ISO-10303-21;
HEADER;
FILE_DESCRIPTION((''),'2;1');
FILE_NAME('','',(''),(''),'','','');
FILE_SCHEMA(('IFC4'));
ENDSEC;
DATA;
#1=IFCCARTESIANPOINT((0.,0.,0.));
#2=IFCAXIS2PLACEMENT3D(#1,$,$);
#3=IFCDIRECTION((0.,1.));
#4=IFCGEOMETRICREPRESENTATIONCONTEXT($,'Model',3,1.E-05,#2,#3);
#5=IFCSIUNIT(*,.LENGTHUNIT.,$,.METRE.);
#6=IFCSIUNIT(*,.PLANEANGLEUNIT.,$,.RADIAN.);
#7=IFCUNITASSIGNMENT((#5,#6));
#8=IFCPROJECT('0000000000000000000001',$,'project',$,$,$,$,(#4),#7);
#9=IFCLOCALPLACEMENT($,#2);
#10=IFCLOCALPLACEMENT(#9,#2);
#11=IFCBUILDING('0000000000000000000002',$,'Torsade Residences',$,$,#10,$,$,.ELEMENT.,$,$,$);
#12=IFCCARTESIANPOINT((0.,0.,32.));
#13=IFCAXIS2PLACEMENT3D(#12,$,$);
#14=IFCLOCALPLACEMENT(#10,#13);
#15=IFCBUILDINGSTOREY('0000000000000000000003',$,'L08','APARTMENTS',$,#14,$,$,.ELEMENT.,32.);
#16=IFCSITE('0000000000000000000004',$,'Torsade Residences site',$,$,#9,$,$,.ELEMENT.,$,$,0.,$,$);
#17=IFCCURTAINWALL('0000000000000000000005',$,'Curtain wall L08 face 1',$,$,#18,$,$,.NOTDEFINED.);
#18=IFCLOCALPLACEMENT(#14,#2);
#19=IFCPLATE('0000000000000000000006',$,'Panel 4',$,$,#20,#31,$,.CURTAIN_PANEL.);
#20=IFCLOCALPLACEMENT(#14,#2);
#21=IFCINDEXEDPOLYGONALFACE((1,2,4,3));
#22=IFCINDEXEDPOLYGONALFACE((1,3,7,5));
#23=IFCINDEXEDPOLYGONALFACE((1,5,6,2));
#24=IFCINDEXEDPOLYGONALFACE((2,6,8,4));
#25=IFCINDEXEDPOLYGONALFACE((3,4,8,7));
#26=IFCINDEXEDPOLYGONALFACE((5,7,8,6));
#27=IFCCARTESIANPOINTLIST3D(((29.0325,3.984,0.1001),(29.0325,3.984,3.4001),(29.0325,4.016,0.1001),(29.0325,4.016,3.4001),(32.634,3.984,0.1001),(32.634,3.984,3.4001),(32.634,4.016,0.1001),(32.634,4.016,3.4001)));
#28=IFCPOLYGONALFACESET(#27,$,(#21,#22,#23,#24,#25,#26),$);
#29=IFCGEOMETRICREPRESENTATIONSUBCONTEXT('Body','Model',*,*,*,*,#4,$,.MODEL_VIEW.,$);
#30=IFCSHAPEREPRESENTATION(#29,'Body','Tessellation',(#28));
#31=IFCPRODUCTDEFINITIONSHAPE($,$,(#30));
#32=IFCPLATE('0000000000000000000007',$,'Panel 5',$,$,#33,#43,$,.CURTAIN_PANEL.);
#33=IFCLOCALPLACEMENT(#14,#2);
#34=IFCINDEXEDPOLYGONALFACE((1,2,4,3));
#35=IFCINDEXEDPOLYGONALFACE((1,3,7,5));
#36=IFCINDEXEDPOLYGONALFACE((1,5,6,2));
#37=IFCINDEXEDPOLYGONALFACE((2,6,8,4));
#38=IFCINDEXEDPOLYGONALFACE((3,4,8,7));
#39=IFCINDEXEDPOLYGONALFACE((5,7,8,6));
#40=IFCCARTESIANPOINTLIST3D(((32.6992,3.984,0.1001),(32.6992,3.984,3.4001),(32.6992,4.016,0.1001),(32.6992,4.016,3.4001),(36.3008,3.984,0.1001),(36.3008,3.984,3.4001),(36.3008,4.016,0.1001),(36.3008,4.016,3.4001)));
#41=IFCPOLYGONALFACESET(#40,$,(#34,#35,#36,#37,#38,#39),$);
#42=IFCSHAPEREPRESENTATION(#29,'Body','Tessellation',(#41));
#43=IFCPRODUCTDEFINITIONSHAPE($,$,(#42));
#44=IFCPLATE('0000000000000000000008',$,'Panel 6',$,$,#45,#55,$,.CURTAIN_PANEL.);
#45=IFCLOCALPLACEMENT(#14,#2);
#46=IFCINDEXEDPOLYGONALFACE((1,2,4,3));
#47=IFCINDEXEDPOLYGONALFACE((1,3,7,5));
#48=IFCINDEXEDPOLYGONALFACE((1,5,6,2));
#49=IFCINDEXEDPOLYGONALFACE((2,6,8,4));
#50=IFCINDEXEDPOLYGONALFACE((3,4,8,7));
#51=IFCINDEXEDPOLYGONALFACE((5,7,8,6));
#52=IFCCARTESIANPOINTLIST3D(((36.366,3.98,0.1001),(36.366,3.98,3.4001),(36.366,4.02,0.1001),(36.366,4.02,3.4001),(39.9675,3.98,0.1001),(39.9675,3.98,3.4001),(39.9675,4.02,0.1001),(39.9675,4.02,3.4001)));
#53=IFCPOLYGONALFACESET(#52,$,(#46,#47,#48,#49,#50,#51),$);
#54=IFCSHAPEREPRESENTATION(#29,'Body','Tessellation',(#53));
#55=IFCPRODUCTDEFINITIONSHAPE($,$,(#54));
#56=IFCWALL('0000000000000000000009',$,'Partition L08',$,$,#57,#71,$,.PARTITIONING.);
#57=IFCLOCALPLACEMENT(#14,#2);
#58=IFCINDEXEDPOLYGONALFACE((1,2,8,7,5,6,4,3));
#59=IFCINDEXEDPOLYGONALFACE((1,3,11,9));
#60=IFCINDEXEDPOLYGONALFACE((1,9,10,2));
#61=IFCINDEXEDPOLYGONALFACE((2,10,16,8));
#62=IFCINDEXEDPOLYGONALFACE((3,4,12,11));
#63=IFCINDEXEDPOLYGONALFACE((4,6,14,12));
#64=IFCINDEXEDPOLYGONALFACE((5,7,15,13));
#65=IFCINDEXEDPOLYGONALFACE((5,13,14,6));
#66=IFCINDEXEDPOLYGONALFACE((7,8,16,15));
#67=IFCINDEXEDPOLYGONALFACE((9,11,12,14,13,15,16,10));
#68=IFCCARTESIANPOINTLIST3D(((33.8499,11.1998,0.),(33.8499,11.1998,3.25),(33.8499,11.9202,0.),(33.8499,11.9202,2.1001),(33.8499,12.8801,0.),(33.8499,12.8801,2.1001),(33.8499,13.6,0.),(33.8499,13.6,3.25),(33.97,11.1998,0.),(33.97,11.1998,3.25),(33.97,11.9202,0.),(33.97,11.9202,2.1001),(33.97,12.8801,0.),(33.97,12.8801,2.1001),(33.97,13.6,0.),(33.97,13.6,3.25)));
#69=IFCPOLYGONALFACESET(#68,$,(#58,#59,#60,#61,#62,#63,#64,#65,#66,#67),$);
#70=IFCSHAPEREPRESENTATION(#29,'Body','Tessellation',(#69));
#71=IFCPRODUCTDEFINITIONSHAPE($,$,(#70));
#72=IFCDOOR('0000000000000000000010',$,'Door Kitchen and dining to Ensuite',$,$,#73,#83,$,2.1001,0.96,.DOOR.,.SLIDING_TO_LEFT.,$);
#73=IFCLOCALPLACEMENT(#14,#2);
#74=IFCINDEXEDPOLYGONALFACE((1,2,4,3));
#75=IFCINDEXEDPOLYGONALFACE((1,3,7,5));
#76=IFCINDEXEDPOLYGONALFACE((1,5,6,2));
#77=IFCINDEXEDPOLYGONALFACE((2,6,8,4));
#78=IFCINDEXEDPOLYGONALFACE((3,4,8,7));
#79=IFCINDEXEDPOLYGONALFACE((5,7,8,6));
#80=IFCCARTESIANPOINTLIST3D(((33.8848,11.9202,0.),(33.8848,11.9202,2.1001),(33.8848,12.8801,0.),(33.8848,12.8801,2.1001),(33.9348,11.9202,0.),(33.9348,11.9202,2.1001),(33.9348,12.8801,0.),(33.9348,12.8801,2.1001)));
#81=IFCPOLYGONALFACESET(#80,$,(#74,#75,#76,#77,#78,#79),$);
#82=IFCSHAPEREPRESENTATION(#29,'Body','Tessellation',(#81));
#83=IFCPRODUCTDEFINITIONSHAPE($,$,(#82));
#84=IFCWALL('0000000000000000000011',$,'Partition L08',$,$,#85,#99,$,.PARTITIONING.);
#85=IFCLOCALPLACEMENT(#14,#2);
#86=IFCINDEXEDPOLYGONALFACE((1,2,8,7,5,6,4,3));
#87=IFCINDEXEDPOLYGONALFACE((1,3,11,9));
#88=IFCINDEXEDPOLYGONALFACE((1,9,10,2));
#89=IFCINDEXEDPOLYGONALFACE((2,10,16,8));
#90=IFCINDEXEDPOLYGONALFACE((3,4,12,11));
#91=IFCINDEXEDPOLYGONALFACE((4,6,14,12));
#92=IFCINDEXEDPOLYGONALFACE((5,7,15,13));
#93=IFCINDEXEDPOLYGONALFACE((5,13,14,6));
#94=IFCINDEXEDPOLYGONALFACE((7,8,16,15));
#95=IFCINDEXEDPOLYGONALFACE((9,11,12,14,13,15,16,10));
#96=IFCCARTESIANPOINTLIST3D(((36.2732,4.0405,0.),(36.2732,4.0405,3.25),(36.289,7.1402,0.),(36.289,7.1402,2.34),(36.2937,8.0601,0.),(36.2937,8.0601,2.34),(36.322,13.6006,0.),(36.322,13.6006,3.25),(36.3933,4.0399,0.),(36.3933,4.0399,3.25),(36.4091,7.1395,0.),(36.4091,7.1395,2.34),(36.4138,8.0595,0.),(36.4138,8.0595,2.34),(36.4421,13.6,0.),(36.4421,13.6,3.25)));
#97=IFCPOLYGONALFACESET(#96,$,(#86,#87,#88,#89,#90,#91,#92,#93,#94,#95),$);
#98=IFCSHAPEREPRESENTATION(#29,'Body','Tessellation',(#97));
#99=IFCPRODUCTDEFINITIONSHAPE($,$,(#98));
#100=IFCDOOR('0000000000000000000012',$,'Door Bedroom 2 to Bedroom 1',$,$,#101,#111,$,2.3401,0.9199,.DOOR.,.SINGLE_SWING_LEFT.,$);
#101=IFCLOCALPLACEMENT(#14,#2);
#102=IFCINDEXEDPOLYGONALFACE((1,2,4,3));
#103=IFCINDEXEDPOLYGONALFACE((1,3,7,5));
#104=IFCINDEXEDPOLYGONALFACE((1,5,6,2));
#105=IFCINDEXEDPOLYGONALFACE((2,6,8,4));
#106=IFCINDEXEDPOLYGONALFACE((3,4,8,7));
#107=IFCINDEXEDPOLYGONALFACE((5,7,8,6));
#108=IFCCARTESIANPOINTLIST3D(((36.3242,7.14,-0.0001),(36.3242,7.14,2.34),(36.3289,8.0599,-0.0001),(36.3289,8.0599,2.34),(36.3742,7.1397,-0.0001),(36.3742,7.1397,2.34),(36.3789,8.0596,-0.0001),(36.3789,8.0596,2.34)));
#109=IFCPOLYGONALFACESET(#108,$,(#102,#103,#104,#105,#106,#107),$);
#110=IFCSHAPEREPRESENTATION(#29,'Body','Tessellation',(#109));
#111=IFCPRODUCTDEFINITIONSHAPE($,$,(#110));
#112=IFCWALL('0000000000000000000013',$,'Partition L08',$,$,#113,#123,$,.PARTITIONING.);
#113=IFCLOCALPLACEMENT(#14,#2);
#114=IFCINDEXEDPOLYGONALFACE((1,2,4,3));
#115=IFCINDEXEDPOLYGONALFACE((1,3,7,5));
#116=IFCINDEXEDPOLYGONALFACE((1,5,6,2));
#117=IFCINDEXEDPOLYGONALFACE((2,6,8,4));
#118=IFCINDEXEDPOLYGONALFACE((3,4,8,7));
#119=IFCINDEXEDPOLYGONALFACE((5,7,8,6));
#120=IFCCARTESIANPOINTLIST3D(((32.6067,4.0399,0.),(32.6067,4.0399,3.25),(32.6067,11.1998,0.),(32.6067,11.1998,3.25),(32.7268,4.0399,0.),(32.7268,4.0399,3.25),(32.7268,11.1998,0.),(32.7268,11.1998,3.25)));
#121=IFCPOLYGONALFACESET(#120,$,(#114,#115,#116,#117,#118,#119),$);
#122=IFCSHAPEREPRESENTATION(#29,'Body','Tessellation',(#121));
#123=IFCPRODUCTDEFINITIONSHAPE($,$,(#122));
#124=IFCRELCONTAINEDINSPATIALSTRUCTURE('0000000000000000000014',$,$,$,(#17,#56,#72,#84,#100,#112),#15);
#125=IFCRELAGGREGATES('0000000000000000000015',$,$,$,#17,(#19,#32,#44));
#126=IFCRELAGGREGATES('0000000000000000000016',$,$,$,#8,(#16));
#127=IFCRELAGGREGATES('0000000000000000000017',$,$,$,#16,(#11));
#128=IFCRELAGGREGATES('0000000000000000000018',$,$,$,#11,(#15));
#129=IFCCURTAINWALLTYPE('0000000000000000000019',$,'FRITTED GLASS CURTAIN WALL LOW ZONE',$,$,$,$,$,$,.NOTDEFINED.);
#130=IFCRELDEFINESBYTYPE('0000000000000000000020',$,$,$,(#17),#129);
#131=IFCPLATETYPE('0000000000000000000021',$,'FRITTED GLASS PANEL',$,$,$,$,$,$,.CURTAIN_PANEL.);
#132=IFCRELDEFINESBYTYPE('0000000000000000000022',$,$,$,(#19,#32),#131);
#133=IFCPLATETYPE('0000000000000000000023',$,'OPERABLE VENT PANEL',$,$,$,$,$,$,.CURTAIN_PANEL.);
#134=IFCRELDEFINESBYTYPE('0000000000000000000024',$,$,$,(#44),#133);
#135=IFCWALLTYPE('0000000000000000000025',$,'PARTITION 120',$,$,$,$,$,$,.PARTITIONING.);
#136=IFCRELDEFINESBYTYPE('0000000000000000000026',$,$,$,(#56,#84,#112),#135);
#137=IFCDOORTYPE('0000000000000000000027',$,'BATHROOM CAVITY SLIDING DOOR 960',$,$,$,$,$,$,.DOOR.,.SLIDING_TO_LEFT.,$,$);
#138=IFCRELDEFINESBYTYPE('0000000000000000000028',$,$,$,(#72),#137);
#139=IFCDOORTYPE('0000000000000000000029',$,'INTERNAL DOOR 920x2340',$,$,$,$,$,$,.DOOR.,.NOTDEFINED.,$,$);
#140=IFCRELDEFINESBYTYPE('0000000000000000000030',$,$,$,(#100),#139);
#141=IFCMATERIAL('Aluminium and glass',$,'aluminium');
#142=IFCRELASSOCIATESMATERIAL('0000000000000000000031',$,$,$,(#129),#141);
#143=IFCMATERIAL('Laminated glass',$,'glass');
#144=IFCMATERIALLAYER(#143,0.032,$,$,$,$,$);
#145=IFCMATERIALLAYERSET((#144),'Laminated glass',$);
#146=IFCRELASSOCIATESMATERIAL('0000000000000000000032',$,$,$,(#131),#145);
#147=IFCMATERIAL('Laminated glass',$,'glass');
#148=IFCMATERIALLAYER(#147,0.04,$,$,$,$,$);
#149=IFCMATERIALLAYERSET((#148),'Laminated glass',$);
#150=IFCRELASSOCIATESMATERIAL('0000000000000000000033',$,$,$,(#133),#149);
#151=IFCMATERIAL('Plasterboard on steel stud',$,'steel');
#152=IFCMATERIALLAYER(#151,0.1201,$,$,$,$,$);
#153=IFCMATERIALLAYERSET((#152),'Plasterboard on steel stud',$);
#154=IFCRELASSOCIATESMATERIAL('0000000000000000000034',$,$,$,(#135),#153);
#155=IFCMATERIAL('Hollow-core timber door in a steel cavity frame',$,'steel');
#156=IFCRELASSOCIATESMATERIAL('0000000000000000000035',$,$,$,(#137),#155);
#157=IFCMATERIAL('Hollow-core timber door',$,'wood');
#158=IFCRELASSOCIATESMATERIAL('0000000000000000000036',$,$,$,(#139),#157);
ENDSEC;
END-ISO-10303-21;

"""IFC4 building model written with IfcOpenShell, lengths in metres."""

from ifc_helpers import new_model, si_unit, direction, frame, frame_2d, origin, origin_2d, place, context, subcontext, project, spatial, rectangle, extrude, material, layer, layer_set, type_object, element, fill, aggregate, save


model = new_model("IFC4")

# Units and contexts
model_context = context("Model", 3, precision=1e-05, world=origin(), true_north=direction((0.0, 1.0)))
body_context = subcontext(model_context, "Body", "Model", "MODEL_VIEW")
ifc_project = project(units=[si_unit("LENGTHUNIT", "METRE"), si_unit("PLANEANGLEUNIT", "RADIAN")], contexts=[model_context])

# Site, building, storey
site_placement = place(None, origin())
site = spatial("IfcSite", under=ifc_project, at=site_placement, Name="Torsade Residences site", CompositionType="ELEMENT", RefElevation=0.0)
building_placement = place(site_placement, origin())
building = spatial("IfcBuilding", under=site, at=building_placement, Name="Torsade Residences", CompositionType="ELEMENT")
storey_placement = place(building_placement, frame((0.0, 0.0, 32.0)))
storey = spatial("IfcBuildingStorey", under=building, at=storey_placement, Name="L08", Description="APARTMENTS", CompositionType="ELEMENT", Elevation=32.0)

# Curtain wall
ifc_material_1 = material(Name="Aluminium and glass", Category="aluminium")
curtain_wall_type = type_object("IfcCurtainWallType", Name="FRITTED GLASS CURTAIN WALL LOW ZONE", PredefinedType="NOTDEFINED", material=ifc_material_1)
curtain_wall_placement = place(storey_placement, origin())
curtain_wall = element("IfcCurtainWall", 1, at=curtain_wall_placement, inside=storey, type_object=curtain_wall_type, Name="Curtain wall L08 face 1", PredefinedType="NOTDEFINED")

# Plates
ifc_material_2 = material(Name="Laminated glass", Category="glass")
ifc_layer_1 = layer(ifc_material_2, 0.032)
ifc_layer_set_1 = layer_set([ifc_layer_1], Name="Laminated glass")
plate_type_1 = type_object("IfcPlateType", Name="FRITTED GLASS PANEL", PredefinedType="CURTAIN_PANEL", material=ifc_layer_set_1)
plate_1_placement = place(storey_placement, frame((30.8333, 4.0, 0.1001), z_axis=(0.0, 0.0, 1.0), x_axis=(1.0, 0.0, 0.0)))
plate_1 = element("IfcPlate", 2, at=plate_1_placement, type_object=plate_type_1, Name="Panel 4", PredefinedType="CURTAIN_PANEL", context=body_context, shape_type="SweptSolid", body=[
    extrude(rectangle(XDim=3.6016, YDim=0.032, at=origin_2d()), origin(), (0.0, 0.0, 1.0), 3.3),
])
plate_2_placement = place(storey_placement, frame((34.5, 4.0, 0.1001), z_axis=(0.0, 0.0, 1.0), x_axis=(1.0, 0.0, 0.0)))
plate_2 = element("IfcPlate", 3, at=plate_2_placement, type_object=plate_type_1, Name="Panel 5", PredefinedType="CURTAIN_PANEL", context=body_context, shape_type="SweptSolid", body=[
    extrude(rectangle(XDim=3.6016, YDim=0.032, at=origin_2d()), origin(), (0.0, 0.0, 1.0), 3.3),
])
ifc_material_3 = material(Name="Laminated glass", Category="glass")
ifc_layer_2 = layer(ifc_material_3, 0.04)
ifc_layer_set_2 = layer_set([ifc_layer_2], Name="Laminated glass")
plate_type_2 = type_object("IfcPlateType", Name="OPERABLE VENT PANEL", PredefinedType="CURTAIN_PANEL", material=ifc_layer_set_2)
plate_3_placement = place(storey_placement, frame((38.1667, 4.0, 0.1001), z_axis=(0.0, 0.0, 1.0), x_axis=(1.0, 0.0, 0.0)))
plate_3 = element("IfcPlate", 4, at=plate_3_placement, type_object=plate_type_2, Name="Panel 6", PredefinedType="CURTAIN_PANEL", context=body_context, shape_type="SweptSolid", body=[
    extrude(rectangle(XDim=3.6016, YDim=0.04, at=origin_2d()), origin(), (0.0, 0.0, 1.0), 3.3),
])
aggregate(curtain_wall, [plate_1, plate_2, plate_3])

# Walls, openings, doors
ifc_material_4 = material(Name="Plasterboard on steel stud", Category="steel")
ifc_layer_3 = layer(ifc_material_4, 0.1201)
ifc_layer_set_3 = layer_set([ifc_layer_3], Name="Plasterboard on steel stud")
wall_type = type_object("IfcWallType", Name="PARTITION 120", PredefinedType="PARTITIONING", material=ifc_layer_set_3)
wall_1_placement = place(storey_placement, frame((33.9099, 13.6001, 0.0), z_axis=(0.0, 0.0, 1.0), x_axis=(0.0, -1.0, 0.0)))
wall_1 = element("IfcWall", 5, at=wall_1_placement, inside=storey, type_object=wall_type, Name="Partition L08", PredefinedType="PARTITIONING", context=body_context, shape_type="SweptSolid", body=[
    extrude(rectangle(XDim=2.4001, YDim=0.1201, at=frame_2d((1.2002, 0.0))), origin(), (0.0, 0.0, 1.0), 3.25),
])
opening_1_placement = place(wall_1_placement, frame((0.72, 0.0, 0.0)))
opening_1 = element("IfcOpeningElement", 6, at=opening_1_placement, cuts=wall_1, PredefinedType="OPENING", context=body_context, shape_type="SweptSolid", body=[
    extrude(rectangle(XDim=0.96, YDim=2.1001, at=frame_2d((0.48, 1.05))), frame((0.0, 0.0701, 0.0), z_axis=(0.0, -1.0, 0.0), x_axis=(1.0, 0.0, 0.0)), (0.0, 0.0, 1.0), 0.1401),
])
ifc_material_5 = material(Name="Hollow-core timber door in a steel cavity frame", Category="steel")
door_type_1 = type_object("IfcDoorType", Name="BATHROOM CAVITY SLIDING DOOR 960", OperationType="SLIDING_TO_LEFT", PredefinedType="DOOR", material=ifc_material_5)
door_1_placement = place(opening_1_placement, origin())
door_1 = element("IfcDoor", 7, at=door_1_placement, inside=storey, type_object=door_type_1, Name="Door Kitchen and dining to Ensuite", OperationType="SLIDING_TO_LEFT", OverallHeight=2.1001, OverallWidth=0.96, PredefinedType="DOOR", context=body_context, shape_type="SweptSolid", body=[
    extrude(rectangle(XDim=0.96, YDim=2.1001, at=frame_2d((0.48, 1.05))), frame((0.0, 0.0249, 0.0), z_axis=(0.0, -1.0, 0.0), x_axis=(1.0, 0.0, 0.0)), (0.0, 0.0, 1.0), 0.05),
])
fill(opening_1, door_1)
wall_2_placement = place(storey_placement, frame((36.3333, 4.04, 0.0), z_axis=(0.0, 0.0, 1.0), x_axis=(0.005107, 0.999987, 0.0)))
wall_2 = element("IfcWall", 8, at=wall_2_placement, inside=storey, type_object=wall_type, Name="Partition L08", PredefinedType="PARTITIONING", context=body_context, shape_type="SweptSolid", body=[
    extrude(rectangle(XDim=9.5603, YDim=0.1201, at=frame_2d((4.7803, 0.0))), origin(), (0.0, 0.0, 1.0), 3.25),
])
opening_2_placement = place(wall_2_placement, frame((3.0999, 0.0, 0.0)))
opening_2 = element("IfcOpeningElement", 9, at=opening_2_placement, cuts=wall_2, PredefinedType="OPENING", context=body_context, shape_type="SweptSolid", body=[
    extrude(rectangle(XDim=0.9199, YDim=2.3401, at=frame_2d((0.46, 1.1699))), frame((0.0, 0.0701, 0.0), z_axis=(0.0, -1.0, 0.0), x_axis=(1.0, 0.0, 0.0)), (0.0, 0.0, 1.0), 0.1401),
])
ifc_material_6 = material(Name="Hollow-core timber door", Category="wood")
door_type_2 = type_object("IfcDoorType", Name="INTERNAL DOOR 920x2340", OperationType="NOTDEFINED", PredefinedType="DOOR", material=ifc_material_6)
door_2_placement = place(opening_2_placement, origin())
door_2 = element("IfcDoor", 10, at=door_2_placement, inside=storey, type_object=door_type_2, Name="Door Bedroom 2 to Bedroom 1", OperationType="SINGLE_SWING_LEFT", OverallHeight=2.3401, OverallWidth=0.9199, PredefinedType="DOOR", context=body_context, shape_type="SweptSolid", body=[
    extrude(rectangle(XDim=0.9199, YDim=2.3401, at=frame_2d((0.46, 1.1699))), frame((0.0, 0.0249, 0.0), z_axis=(0.0, -1.0, 0.0), x_axis=(1.0, 0.0, 0.0)), (0.0, 0.0, 1.0), 0.05),
])
fill(opening_2, door_2)

# Wall
wall_3_placement = place(storey_placement, frame((32.6667, 11.2, 0.0), z_axis=(0.0, 0.0, 1.0), x_axis=(0.0, -1.0, 0.0)))
element("IfcWall", 11, at=wall_3_placement, inside=storey, type_object=wall_type, Name="Partition L08", PredefinedType="PARTITIONING", context=body_context, shape_type="SweptSolid", body=[
    extrude(rectangle(XDim=7.1599, YDim=0.1201, at=frame_2d((3.5801, 0.0))), origin(), (0.0, 0.0, 1.0), 3.25),
])

save(model, "model.ifc")
